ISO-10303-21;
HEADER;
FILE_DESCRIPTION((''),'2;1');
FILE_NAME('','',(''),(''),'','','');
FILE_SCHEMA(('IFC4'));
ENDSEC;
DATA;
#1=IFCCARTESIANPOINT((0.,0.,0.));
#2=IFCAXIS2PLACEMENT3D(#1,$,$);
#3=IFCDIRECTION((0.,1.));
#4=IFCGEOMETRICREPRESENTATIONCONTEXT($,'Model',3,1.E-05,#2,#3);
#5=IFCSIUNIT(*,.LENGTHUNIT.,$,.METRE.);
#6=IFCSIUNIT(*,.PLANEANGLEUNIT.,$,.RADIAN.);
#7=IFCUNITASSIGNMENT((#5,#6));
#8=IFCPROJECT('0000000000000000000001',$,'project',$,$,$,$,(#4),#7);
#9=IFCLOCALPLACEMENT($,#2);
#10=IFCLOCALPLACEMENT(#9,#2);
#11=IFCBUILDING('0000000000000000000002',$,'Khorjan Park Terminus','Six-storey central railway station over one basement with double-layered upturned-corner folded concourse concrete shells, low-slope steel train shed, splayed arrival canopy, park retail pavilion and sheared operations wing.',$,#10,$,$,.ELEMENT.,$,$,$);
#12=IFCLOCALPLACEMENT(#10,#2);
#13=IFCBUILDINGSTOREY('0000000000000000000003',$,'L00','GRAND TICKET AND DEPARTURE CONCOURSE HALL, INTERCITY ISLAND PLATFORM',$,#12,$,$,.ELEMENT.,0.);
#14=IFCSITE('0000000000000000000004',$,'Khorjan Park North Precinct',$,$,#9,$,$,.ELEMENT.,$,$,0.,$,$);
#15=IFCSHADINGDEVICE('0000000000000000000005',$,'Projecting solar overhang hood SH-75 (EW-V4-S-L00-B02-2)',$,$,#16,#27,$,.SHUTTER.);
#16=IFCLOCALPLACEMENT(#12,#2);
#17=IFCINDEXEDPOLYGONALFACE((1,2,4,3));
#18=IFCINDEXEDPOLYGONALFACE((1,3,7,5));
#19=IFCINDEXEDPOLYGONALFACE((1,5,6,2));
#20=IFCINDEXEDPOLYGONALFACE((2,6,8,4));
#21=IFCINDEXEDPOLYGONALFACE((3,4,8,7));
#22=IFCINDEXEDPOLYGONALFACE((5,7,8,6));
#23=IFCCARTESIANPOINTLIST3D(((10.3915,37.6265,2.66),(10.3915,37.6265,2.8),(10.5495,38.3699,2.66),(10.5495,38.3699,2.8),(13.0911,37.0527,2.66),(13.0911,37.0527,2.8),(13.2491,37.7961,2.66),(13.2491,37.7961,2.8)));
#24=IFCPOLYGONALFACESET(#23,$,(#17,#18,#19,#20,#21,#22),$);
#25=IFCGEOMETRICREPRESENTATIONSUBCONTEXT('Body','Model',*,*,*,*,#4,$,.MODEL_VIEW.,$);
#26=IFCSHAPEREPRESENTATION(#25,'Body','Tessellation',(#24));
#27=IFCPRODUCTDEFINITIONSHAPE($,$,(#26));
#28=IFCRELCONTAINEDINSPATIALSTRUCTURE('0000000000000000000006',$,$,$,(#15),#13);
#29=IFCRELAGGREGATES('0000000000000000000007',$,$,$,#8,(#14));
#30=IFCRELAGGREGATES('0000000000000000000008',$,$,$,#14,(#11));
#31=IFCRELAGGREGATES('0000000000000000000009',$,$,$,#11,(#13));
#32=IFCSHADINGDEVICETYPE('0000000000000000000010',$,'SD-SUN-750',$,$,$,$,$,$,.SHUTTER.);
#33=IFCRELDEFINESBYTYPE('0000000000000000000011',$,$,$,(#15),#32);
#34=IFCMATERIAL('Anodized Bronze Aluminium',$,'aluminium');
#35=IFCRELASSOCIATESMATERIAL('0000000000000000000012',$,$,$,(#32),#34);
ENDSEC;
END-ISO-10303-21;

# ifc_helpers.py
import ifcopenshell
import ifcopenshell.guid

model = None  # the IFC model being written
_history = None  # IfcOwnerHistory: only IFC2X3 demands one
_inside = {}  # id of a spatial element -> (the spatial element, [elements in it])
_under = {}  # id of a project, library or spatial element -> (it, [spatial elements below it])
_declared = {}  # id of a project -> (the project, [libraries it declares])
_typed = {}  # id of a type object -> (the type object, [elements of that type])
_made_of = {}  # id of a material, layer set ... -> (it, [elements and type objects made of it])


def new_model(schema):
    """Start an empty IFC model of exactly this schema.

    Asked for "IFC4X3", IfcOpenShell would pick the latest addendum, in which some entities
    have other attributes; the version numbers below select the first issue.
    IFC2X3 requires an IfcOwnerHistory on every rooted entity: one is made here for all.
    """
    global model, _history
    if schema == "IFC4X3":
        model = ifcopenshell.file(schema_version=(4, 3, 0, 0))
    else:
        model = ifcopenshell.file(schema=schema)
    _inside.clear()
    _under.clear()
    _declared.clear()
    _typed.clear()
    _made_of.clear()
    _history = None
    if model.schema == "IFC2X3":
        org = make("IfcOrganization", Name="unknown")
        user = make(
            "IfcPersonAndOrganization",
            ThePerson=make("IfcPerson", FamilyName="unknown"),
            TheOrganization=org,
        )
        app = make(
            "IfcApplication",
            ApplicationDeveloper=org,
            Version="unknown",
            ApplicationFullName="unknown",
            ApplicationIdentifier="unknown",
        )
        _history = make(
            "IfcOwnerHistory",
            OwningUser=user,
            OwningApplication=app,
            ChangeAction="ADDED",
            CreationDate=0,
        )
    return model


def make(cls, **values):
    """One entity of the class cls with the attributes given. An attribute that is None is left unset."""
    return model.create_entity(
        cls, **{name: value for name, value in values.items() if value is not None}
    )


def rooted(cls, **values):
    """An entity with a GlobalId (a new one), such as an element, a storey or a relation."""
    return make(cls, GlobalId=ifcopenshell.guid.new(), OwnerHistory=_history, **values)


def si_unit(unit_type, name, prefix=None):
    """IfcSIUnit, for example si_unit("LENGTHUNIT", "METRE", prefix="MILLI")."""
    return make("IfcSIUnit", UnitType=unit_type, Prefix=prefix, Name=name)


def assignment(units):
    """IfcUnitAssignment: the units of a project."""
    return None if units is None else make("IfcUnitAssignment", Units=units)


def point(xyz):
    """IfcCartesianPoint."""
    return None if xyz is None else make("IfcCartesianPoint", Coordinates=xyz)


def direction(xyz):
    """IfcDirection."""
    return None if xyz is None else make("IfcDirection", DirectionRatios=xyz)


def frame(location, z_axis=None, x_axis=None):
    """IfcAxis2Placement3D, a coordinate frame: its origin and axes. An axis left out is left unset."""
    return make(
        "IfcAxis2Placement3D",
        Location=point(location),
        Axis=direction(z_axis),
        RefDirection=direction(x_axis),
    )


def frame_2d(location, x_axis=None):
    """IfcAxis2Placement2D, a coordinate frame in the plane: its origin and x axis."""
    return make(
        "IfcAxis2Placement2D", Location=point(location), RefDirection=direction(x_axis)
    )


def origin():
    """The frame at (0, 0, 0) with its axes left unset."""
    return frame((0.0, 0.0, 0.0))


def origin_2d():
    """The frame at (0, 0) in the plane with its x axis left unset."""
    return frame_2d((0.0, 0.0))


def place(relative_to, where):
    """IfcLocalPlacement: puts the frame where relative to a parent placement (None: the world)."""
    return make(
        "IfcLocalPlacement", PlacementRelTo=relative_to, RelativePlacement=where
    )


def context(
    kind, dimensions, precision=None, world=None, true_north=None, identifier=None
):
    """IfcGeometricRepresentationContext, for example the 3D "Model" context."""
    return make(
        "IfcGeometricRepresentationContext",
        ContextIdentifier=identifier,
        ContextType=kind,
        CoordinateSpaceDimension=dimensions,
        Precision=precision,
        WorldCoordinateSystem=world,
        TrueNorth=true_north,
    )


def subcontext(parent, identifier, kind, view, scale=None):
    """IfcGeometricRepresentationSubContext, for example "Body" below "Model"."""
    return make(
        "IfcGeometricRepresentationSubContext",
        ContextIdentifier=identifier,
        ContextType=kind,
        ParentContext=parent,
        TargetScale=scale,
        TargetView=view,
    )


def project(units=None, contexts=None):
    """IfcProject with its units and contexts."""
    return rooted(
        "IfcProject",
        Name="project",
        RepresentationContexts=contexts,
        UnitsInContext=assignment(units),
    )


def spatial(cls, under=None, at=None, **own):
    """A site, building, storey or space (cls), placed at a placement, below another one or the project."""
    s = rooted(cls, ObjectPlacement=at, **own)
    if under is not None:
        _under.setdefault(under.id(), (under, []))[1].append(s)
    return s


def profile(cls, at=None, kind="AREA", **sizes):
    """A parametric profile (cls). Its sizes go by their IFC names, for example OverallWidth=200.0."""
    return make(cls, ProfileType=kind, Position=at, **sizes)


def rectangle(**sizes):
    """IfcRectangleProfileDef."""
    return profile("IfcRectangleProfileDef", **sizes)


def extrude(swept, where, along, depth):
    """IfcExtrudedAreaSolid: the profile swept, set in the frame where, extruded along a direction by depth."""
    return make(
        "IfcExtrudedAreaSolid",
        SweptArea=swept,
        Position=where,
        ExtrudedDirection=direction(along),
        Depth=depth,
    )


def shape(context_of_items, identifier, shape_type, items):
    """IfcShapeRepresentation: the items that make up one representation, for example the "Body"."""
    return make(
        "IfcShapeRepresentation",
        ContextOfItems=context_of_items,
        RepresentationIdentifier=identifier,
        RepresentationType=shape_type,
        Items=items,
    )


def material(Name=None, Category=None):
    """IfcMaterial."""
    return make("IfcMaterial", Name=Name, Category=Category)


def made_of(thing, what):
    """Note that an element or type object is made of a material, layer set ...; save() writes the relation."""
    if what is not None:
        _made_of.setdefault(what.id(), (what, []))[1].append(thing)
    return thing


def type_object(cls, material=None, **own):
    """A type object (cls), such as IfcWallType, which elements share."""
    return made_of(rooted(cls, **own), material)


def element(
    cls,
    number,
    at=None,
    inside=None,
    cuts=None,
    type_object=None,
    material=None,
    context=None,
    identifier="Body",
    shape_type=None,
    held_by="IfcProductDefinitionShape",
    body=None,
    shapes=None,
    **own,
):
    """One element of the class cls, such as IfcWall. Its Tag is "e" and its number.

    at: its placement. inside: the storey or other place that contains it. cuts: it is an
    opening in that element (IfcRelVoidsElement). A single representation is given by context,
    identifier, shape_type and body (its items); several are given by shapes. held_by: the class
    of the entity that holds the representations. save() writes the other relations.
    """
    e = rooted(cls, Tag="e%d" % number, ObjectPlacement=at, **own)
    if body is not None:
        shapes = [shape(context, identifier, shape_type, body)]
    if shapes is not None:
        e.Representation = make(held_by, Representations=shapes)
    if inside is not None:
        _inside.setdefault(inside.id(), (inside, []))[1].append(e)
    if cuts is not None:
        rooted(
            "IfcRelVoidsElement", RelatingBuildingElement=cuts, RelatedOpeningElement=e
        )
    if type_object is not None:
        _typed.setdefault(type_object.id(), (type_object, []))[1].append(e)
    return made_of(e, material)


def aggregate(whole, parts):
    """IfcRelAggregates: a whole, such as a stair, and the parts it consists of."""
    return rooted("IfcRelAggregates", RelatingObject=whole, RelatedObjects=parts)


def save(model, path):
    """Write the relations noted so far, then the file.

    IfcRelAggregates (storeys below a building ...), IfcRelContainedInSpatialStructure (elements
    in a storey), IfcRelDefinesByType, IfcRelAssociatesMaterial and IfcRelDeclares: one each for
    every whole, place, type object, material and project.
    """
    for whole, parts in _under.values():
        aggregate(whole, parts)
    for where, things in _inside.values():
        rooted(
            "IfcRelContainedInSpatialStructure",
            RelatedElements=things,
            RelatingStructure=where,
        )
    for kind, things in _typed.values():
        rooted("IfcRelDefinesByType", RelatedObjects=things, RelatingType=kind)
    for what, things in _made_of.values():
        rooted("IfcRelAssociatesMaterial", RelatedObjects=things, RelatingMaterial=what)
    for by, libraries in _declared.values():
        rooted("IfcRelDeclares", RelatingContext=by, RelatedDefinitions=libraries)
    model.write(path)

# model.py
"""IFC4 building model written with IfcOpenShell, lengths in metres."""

from ifc_helpers import new_model, si_unit, direction, frame, origin, origin_2d, place, context, subcontext, project, spatial, rectangle, extrude, material, type_object, element, save


model = new_model("IFC4")

# Units and contexts
model_context = context("Model", 3, precision=1e-05, world=origin(), true_north=direction((0.0, 1.0)))
body_context = subcontext(model_context, "Body", "Model", "MODEL_VIEW")
ifc_project = project(units=[si_unit("LENGTHUNIT", "METRE"), si_unit("PLANEANGLEUNIT", "RADIAN")], contexts=[model_context])

# Site, building, storey
site_placement = place(None, origin())
site = spatial("IfcSite", under=ifc_project, at=site_placement, Name="Khorjan Park North Precinct", CompositionType="ELEMENT", RefElevation=0.0)
building_placement = place(site_placement, origin())
building = spatial("IfcBuilding", under=site, at=building_placement, Name="Khorjan Park Terminus", Description="Six-storey central railway station over one basement with double-layered upturned-corner folded concourse concrete shells, low-slope steel train shed, splayed arrival canopy, park retail pavilion and sheared operations wing.", CompositionType="ELEMENT")
storey_placement = place(building_placement, origin())
storey = spatial("IfcBuildingStorey", under=building, at=storey_placement, Name="L00", Description="GRAND TICKET AND DEPARTURE CONCOURSE HALL, INTERCITY ISLAND PLATFORM", CompositionType="ELEMENT", Elevation=0.0)

# Shared definitions
ifc_material_1 = material(Name="Anodized Bronze Aluminium", Category="aluminium")

# Shading device
shading_device_type_1 = type_object("IfcShadingDeviceType", Name="SD-SUN-750", PredefinedType="SHUTTER", material=ifc_material_1)
for number, where, z_axis, x_axis, name in (
    (1, (11.8203, 37.7113, 2.66), (0.0, 0.0, 1.0), (0.97815, -0.207903, 0.0), "Projecting solar overhang hood SH-75 (EW-V4-S-L00-B02-2)"),
):
    element("IfcShadingDevice", number, at=place(storey_placement, frame(where, z_axis=z_axis, x_axis=x_axis)), inside=storey, type_object=shading_device_type_1, Name=name, PredefinedType="SHUTTER", context=body_context, shape_type="SweptSolid", body=[
        extrude(rectangle(XDim=2.76, YDim=0.76, at=origin_2d()), origin(), (0.0, 0.0, 1.0), 0.14),
    ])

save(model, "model.ifc")
